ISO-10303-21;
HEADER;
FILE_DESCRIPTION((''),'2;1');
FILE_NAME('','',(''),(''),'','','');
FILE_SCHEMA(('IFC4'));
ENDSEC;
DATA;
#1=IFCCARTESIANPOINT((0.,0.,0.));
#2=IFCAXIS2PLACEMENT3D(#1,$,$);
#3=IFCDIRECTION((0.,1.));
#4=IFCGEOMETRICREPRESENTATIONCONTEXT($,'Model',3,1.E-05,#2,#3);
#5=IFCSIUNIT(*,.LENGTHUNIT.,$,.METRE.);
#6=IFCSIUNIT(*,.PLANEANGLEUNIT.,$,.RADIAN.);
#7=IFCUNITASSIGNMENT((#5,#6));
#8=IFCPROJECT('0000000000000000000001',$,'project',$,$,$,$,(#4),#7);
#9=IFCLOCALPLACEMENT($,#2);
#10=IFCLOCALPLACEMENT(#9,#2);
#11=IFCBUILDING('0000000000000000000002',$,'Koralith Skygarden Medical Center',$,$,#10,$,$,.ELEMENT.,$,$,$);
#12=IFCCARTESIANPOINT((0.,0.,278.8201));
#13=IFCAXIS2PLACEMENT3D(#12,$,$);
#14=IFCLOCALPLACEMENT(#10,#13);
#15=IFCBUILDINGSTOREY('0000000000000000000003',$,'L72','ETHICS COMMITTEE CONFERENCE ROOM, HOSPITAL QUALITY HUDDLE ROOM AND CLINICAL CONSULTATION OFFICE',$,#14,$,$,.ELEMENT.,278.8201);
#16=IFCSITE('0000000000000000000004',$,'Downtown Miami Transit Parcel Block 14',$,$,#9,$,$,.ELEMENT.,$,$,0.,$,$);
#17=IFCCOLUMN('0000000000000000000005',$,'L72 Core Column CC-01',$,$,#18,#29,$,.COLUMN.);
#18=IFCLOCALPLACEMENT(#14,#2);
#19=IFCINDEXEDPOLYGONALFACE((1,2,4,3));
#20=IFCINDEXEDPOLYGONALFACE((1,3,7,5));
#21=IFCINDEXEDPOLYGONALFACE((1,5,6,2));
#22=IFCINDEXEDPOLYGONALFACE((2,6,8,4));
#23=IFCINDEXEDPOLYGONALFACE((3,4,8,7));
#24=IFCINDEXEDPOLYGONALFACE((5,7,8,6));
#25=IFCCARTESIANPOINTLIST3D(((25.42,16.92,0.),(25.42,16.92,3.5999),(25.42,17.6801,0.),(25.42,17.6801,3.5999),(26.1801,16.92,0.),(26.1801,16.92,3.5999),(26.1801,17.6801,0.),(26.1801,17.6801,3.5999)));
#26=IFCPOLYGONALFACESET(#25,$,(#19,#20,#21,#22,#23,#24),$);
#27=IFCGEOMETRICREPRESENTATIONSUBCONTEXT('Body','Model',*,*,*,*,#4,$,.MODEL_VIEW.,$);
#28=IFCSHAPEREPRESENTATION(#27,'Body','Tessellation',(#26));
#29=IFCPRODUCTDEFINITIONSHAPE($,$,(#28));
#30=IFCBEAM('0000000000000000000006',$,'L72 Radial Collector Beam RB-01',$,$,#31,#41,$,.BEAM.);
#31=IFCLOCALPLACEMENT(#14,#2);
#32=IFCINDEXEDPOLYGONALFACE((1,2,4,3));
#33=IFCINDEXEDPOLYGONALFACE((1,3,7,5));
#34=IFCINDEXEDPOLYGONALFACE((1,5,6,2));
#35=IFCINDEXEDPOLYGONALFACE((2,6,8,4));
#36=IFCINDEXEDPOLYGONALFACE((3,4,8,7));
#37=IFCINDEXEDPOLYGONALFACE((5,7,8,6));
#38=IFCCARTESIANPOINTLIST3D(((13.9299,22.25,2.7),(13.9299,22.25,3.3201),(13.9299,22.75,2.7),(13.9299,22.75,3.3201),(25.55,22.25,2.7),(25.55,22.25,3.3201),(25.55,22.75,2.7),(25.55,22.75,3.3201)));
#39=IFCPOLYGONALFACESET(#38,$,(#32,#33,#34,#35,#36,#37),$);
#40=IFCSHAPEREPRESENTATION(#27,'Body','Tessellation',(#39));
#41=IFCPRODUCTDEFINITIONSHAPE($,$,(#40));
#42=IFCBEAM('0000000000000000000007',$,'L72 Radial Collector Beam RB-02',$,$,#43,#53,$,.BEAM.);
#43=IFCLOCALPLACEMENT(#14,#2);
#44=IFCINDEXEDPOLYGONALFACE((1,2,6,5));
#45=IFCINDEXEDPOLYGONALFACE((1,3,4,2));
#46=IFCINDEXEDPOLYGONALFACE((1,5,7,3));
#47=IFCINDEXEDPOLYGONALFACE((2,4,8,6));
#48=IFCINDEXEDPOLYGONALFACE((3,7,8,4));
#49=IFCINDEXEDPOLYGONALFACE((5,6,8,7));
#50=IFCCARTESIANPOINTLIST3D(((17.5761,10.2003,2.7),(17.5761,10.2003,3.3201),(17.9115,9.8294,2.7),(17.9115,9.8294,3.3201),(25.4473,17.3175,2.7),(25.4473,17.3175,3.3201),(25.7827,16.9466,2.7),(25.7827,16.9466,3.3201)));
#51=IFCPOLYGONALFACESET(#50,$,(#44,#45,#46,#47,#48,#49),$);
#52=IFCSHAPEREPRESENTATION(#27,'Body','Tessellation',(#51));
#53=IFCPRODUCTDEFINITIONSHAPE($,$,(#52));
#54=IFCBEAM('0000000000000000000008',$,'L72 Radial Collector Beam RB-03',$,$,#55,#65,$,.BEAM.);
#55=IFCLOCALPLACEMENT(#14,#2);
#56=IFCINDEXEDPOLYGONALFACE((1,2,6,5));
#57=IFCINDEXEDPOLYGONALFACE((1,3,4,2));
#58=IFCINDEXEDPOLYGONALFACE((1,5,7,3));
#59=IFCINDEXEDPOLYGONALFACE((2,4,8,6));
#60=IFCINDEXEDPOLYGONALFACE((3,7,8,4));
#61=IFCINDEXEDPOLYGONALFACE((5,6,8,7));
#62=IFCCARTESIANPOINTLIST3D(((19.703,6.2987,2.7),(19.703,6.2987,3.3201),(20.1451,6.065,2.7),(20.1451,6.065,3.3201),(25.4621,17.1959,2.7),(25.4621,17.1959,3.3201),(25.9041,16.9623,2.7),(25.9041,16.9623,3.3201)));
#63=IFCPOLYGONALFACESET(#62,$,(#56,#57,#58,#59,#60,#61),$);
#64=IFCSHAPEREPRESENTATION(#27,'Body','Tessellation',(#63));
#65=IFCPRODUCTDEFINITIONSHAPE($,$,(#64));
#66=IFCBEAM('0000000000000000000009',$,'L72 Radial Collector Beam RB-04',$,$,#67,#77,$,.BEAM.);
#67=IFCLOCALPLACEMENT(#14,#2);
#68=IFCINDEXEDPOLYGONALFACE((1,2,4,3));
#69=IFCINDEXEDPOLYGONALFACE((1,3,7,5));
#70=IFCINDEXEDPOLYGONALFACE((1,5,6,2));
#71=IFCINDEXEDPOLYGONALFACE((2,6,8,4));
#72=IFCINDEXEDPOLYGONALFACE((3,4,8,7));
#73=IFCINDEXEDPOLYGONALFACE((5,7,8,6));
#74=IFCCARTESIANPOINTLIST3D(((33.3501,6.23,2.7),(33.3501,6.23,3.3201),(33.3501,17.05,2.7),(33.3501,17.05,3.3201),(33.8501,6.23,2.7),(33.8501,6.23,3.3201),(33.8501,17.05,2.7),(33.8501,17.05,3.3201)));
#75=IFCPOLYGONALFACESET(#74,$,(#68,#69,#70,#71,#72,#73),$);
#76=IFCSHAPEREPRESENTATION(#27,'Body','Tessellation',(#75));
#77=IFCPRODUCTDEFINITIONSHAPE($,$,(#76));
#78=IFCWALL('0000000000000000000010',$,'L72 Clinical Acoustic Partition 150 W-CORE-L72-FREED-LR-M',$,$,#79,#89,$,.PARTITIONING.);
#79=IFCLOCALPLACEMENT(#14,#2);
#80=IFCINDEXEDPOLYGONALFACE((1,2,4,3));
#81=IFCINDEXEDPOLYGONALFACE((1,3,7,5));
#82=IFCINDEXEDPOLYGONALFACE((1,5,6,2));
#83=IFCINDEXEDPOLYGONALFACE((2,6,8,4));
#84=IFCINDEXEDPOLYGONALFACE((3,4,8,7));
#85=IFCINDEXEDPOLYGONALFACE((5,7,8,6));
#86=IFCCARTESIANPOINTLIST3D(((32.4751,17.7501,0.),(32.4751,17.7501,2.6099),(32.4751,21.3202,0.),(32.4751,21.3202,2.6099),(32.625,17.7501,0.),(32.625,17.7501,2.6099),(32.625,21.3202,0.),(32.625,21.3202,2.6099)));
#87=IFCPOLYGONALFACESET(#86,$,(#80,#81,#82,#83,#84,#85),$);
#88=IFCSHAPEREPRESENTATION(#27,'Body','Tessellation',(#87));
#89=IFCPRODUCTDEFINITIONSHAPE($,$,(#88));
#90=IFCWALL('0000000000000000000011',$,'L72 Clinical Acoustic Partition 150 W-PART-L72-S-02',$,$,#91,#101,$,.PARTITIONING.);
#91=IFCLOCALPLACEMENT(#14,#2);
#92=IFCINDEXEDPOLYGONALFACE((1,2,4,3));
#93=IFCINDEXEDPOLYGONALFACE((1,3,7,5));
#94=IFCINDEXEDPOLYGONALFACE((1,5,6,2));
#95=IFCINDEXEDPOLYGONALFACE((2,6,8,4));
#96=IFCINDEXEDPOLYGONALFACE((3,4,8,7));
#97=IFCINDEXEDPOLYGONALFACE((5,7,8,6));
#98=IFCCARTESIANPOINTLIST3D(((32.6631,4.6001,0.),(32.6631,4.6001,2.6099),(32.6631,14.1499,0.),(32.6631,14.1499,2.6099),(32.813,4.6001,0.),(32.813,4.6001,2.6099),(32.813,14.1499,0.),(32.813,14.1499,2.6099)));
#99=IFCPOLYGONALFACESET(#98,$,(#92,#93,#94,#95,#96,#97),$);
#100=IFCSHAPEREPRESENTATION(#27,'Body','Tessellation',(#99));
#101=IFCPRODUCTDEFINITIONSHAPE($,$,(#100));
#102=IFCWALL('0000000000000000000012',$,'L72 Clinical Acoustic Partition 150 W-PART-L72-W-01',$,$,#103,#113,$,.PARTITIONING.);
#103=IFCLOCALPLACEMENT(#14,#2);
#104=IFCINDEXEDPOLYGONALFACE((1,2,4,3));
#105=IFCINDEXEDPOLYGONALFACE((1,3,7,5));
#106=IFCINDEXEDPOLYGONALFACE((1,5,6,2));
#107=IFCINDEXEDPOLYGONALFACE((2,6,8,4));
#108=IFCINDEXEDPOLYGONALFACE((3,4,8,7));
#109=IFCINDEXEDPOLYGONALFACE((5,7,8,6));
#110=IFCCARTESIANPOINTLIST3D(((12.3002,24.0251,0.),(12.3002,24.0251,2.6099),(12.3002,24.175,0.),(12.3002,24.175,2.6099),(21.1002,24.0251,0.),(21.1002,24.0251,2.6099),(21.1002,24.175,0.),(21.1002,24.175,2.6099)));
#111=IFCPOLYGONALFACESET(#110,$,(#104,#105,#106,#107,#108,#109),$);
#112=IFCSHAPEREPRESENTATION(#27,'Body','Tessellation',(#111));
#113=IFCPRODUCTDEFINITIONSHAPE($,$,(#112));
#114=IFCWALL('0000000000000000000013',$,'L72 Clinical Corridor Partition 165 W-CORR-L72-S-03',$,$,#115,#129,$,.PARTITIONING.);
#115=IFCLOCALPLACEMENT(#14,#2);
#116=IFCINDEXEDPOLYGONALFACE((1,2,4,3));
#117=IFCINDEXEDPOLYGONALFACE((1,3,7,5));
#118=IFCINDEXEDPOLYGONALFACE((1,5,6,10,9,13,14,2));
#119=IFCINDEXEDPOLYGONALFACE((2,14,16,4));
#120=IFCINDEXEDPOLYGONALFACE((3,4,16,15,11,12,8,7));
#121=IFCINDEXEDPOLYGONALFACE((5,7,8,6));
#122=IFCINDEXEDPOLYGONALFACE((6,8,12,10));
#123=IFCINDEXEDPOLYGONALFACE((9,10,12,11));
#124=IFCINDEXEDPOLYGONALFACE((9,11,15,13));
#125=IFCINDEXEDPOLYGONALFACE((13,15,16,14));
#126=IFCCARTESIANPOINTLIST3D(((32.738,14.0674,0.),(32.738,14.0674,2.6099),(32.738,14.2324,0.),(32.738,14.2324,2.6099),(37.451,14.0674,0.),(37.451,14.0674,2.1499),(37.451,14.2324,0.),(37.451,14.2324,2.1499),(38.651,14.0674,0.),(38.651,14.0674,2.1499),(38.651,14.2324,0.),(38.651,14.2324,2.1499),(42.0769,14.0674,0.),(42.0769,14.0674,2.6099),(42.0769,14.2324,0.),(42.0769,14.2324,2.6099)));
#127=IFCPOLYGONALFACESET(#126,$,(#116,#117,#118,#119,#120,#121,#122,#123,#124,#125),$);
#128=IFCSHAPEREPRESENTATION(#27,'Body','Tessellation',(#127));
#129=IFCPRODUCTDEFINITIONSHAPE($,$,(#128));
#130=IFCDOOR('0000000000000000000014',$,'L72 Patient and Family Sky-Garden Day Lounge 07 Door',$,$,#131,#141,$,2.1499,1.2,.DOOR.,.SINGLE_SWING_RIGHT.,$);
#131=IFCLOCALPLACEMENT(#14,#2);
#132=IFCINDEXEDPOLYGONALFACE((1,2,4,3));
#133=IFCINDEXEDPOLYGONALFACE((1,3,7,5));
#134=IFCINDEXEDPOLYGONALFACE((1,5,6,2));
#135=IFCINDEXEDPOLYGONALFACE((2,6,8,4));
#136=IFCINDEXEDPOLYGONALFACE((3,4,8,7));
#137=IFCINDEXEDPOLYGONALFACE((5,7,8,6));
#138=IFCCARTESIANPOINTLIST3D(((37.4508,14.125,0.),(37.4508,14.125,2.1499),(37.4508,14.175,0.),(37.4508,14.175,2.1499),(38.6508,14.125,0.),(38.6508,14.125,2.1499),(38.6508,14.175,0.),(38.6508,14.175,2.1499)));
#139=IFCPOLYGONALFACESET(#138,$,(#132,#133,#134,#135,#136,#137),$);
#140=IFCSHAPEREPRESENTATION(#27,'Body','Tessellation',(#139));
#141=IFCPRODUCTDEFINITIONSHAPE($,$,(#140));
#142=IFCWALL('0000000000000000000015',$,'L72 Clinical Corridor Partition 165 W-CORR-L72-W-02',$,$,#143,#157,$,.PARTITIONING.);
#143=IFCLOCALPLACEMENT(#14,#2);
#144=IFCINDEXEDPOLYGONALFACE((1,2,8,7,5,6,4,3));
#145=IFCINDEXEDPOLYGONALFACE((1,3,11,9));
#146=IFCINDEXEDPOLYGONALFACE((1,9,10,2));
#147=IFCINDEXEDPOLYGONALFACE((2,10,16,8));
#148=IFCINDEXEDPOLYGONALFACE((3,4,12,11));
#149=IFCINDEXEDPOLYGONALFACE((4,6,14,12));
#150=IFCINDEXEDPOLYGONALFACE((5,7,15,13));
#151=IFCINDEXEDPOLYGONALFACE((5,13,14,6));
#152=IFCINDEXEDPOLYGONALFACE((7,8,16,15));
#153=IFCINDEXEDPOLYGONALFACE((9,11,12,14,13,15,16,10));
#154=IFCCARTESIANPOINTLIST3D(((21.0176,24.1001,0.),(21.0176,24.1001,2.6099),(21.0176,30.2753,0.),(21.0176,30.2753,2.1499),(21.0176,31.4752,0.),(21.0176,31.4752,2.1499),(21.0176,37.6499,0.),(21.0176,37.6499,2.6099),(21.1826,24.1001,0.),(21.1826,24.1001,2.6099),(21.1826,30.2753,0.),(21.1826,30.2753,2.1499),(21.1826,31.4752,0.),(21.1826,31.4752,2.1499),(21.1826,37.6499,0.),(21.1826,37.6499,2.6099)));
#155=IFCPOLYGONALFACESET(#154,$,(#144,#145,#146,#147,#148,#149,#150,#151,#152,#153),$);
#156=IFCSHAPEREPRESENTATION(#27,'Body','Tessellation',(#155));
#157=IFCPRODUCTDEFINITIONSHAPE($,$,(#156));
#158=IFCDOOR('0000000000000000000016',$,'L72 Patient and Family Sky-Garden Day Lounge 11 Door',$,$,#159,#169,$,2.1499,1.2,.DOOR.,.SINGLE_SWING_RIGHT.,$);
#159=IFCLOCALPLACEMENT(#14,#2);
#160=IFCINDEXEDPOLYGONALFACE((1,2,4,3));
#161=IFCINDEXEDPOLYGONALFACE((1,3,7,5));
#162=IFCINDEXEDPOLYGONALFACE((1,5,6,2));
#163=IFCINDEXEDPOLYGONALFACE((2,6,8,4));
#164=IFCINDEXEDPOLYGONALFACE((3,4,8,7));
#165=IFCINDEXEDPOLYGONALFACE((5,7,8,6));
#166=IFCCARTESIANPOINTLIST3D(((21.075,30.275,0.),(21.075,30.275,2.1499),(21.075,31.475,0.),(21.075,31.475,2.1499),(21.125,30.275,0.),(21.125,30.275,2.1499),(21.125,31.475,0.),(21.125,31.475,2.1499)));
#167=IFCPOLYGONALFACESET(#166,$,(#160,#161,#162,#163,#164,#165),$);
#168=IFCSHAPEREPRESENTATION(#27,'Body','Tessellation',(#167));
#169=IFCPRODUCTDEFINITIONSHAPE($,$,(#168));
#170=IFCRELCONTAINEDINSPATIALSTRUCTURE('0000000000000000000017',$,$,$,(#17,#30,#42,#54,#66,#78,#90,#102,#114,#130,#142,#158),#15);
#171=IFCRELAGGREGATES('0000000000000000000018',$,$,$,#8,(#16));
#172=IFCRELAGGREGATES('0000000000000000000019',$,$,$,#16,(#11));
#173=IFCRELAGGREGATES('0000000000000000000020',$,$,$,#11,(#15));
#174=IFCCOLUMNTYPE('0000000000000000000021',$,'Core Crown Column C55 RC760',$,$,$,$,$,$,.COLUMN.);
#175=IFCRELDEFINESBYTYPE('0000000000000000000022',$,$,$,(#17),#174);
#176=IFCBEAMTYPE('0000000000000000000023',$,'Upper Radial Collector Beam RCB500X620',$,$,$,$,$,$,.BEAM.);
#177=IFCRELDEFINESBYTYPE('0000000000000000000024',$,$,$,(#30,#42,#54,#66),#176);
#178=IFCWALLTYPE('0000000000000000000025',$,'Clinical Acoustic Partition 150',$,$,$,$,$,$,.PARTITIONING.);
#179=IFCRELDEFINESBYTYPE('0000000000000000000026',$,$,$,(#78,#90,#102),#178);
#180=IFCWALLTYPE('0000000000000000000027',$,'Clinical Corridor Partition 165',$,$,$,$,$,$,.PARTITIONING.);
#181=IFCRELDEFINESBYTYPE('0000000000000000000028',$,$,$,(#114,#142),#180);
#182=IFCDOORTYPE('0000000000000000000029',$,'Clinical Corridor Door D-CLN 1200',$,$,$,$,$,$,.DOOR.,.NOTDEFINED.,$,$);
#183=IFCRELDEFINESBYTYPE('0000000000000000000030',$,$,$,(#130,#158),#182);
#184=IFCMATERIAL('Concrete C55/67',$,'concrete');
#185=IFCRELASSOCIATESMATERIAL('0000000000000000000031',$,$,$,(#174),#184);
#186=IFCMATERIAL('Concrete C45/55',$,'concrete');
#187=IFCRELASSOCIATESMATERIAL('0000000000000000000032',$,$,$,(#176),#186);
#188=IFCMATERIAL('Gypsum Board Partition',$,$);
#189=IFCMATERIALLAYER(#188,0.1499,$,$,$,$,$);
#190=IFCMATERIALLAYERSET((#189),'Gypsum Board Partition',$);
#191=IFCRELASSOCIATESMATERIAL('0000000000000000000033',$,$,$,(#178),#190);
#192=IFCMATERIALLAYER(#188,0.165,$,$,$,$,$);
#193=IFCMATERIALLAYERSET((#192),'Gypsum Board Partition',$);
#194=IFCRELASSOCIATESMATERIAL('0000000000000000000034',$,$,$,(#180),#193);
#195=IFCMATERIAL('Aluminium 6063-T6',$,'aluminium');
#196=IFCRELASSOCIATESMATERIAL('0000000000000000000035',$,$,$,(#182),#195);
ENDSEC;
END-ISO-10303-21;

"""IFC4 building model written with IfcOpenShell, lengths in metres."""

from ifc_helpers import new_model, si_unit, direction, frame, frame_2d, origin, origin_2d, place, context, subcontext, project, spatial, rectangle, extrude, material, layer, layer_set, material_profile, profile_set, type_object, element, fill, save


model = new_model("IFC4")

# Units and contexts
model_context = context("Model", 3, precision=1e-05, world=origin(), true_north=direction((0.0, 1.0)))
body_context = subcontext(model_context, "Body", "Model", "MODEL_VIEW")
ifc_project = project(units=[si_unit("LENGTHUNIT", "METRE"), si_unit("PLANEANGLEUNIT", "RADIAN")], contexts=[model_context])

# Site, building, storey
site_placement = place(None, origin())
site = spatial("IfcSite", under=ifc_project, at=site_placement, Name="Downtown Miami Transit Parcel Block 14", CompositionType="ELEMENT", RefElevation=0.0)
building_placement = place(site_placement, origin())
building = spatial("IfcBuilding", under=site, at=building_placement, Name="Koralith Skygarden Medical Center", CompositionType="ELEMENT")
storey_placement = place(building_placement, frame((0.0, 0.0, 278.8201)))
storey = spatial("IfcBuildingStorey", under=building, at=storey_placement, Name="L72", Description="ETHICS COMMITTEE CONFERENCE ROOM, HOSPITAL QUALITY HUDDLE ROOM AND CLINICAL CONSULTATION OFFICE", CompositionType="ELEMENT", Elevation=278.8201)

# Column
ifc_material_1 = material(Name="Concrete C55/67", Category="concrete")
ifc_material_profile_1 = material_profile(ifc_material_1, rectangle(XDim=0.76, YDim=0.76, at=origin_2d()), Name="RC760X760")
ifc_profile_set_1 = profile_set([ifc_material_profile_1], Name="Concrete C55/67")
column_type = type_object("IfcColumnType", Name="Core Crown Column C55 RC760", PredefinedType="COLUMN", material=ifc_profile_set_1)
column_placement = place(storey_placement, frame((25.8, 17.3, 0.0), z_axis=(0.0, 0.0, 1.0), x_axis=(1.0, 0.0, 0.0)))
element("IfcColumn", 1, at=column_placement, inside=storey, type_object=column_type, Name="L72 Core Column CC-01", PredefinedType="COLUMN", context=body_context, shape_type="SweptSolid", body=[
    extrude(rectangle(XDim=0.76, YDim=0.76, at=origin_2d()), origin(), (0.0, 0.0, 1.0), 3.5999),
])

# Beams
ifc_material_2 = material(Name="Concrete C45/55", Category="concrete")
ifc_material_profile_2 = material_profile(ifc_material_2, rectangle(XDim=0.5, YDim=0.6201, at=origin_2d()), Name="RCB500X620")
ifc_profile_set_2 = profile_set([ifc_material_profile_2], Name="Concrete C45/55")
beam_type = type_object("IfcBeamType", Name="Upper Radial Collector Beam RCB500X620", PredefinedType="BEAM", material=ifc_profile_set_2)
beam_1_placement = place(storey_placement, frame((25.55, 22.5, 3.01), z_axis=(-1.0, 0.0, 0.0), x_axis=(0.0, -1.0, 0.0)))
element("IfcBeam", 2, at=beam_1_placement, inside=storey, type_object=beam_type, Name="L72 Radial Collector Beam RB-01", PredefinedType="BEAM", context=body_context, shape_type="SweptSolid", body=[
    extrude(rectangle(XDim=0.5, YDim=0.6201, at=origin_2d()), origin(), (0.0, 0.0, 1.0), 11.6201),
])
beam_2_placement = place(storey_placement, frame((25.615, 17.1321, 3.01), z_axis=(-0.741736, -0.670692, 0.0), x_axis=(0.670692, -0.741736, 0.0)))
element("IfcBeam", 3, at=beam_2_placement, inside=storey, type_object=beam_type, Name="L72 Radial Collector Beam RB-02", PredefinedType="BEAM", context=body_context, shape_type="SweptSolid", body=[
    extrude(rectangle(XDim=0.5, YDim=0.6201, at=origin_2d()), origin(), (0.0, 0.0, 1.0), 10.6118),
])
beam_3_placement = place(storey_placement, frame((25.6831, 17.0791, 3.01), z_axis=(-0.467249, -0.884126, 0.0), x_axis=(0.884126, -0.467249, 0.0)))
element("IfcBeam", 4, at=beam_3_placement, inside=storey, type_object=beam_type, Name="L72 Radial Collector Beam RB-03", PredefinedType="BEAM", context=body_context, shape_type="SweptSolid", body=[
    extrude(rectangle(XDim=0.5, YDim=0.6201, at=origin_2d()), origin(), (0.0, 0.0, 1.0), 12.3254),
])
beam_4_placement = place(storey_placement, frame((33.6001, 17.05, 3.01), z_axis=(0.0, -1.0, 0.0), x_axis=(1.0, 0.0, 0.0)))
element("IfcBeam", 5, at=beam_4_placement, inside=storey, type_object=beam_type, Name="L72 Radial Collector Beam RB-04", PredefinedType="BEAM", context=body_context, shape_type="SweptSolid", body=[
    extrude(rectangle(XDim=0.5, YDim=0.6201, at=origin_2d()), origin(), (0.0, 0.0, 1.0), 10.8201),
])

# Shared definitions
ifc_material_3 = material(Name="Gypsum Board Partition")
ifc_layer_1 = layer(ifc_material_3, 0.1499)
ifc_layer_set_1 = layer_set([ifc_layer_1], Name="Gypsum Board Partition")
wall_type_1 = type_object("IfcWallType", Name="Clinical Acoustic Partition 150", PredefinedType="PARTITIONING", material=ifc_layer_set_1)
ifc_material_4 = material(Name="Aluminium 6063-T6", Category="aluminium")

# Walls
wall_1_placement = place(storey_placement, frame((32.55, 17.75, 0.0), z_axis=(0.0, 0.0, 1.0), x_axis=(0.0, 1.0, 0.0)))
element("IfcWall", 6, at=wall_1_placement, inside=storey, type_object=wall_type_1, Name="L72 Clinical Acoustic Partition 150 W-CORE-L72-FREED-LR-M", PredefinedType="PARTITIONING", context=body_context, shape_type="SweptSolid", body=[
    extrude(rectangle(XDim=3.5701, YDim=0.1499, at=frame_2d((1.7852, 0.0))), origin(), (0.0, 0.0, 1.0), 2.6099),
])
wall_2_placement = place(storey_placement, frame((32.738, 14.1499, 0.0), z_axis=(0.0, 0.0, 1.0), x_axis=(0.0, -1.0, 0.0)))
element("IfcWall", 7, at=wall_2_placement, inside=storey, type_object=wall_type_1, Name="L72 Clinical Acoustic Partition 150 W-PART-L72-S-02", PredefinedType="PARTITIONING", context=body_context, shape_type="SweptSolid", body=[
    extrude(rectangle(XDim=9.5498, YDim=0.1499, at=frame_2d((4.7749, 0.0))), origin(), (0.0, 0.0, 1.0), 2.6099),
])
wall_3_placement = place(storey_placement, frame((21.1001, 24.1001, 0.0), z_axis=(0.0, 0.0, 1.0), x_axis=(-1.0, 0.0, 0.0)))
element("IfcWall", 8, at=wall_3_placement, inside=storey, type_object=wall_type_1, Name="L72 Clinical Acoustic Partition 150 W-PART-L72-W-01", PredefinedType="PARTITIONING", context=body_context, shape_type="SweptSolid", body=[
    extrude(rectangle(XDim=8.8, YDim=0.1499, at=frame_2d((4.3999, 0.0))), origin(), (0.0, 0.0, 1.0), 2.6099),
])

# Walls, openings, doors
ifc_layer_2 = layer(ifc_material_3, 0.165)
ifc_layer_set_2 = layer_set([ifc_layer_2], Name="Gypsum Board Partition")
wall_type_2 = type_object("IfcWallType", Name="Clinical Corridor Partition 165", PredefinedType="PARTITIONING", material=ifc_layer_set_2)
wall_4_placement = place(storey_placement, frame((32.738, 14.1499, 0.0), z_axis=(0.0, 0.0, 1.0), x_axis=(1.0, 0.0, 0.0)))
wall_4 = element("IfcWall", 9, at=wall_4_placement, inside=storey, type_object=wall_type_2, Name="L72 Clinical Corridor Partition 165 W-CORR-L72-S-03", PredefinedType="PARTITIONING", context=body_context, shape_type="SweptSolid", body=[
    extrude(rectangle(XDim=9.3389, YDim=0.165, at=frame_2d((4.6694, 0.0))), origin(), (0.0, 0.0, 1.0), 2.6099),
])
opening_1_placement = place(wall_4_placement, frame((4.7129, 0.0, 0.0)))
opening_1 = element("IfcOpeningElement", 10, at=opening_1_placement, cuts=wall_4, PredefinedType="OPENING", context=body_context, shape_type="SweptSolid", body=[
    extrude(rectangle(XDim=1.2, YDim=2.1499, at=frame_2d((0.6001, 1.075))), frame((0.0, 0.0925, 0.0), z_axis=(0.0, -1.0, 0.0), x_axis=(1.0, 0.0, 0.0)), (0.0, 0.0, 1.0), 0.1851),
])
door_type_1 = type_object("IfcDoorType", Name="Clinical Corridor Door D-CLN 1200", OperationType="NOTDEFINED", PredefinedType="DOOR", material=ifc_material_4)
door_1_placement = place(opening_1_placement, frame((1.2, 0.0, 0.0), z_axis=(0.0, 0.0, 1.0), x_axis=(-1.0, 0.0, 0.0)))
door_1 = element("IfcDoor", 11, at=door_1_placement, inside=storey, type_object=door_type_1, Name="L72 Patient and Family Sky-Garden Day Lounge 07 Door", OperationType="SINGLE_SWING_RIGHT", OverallHeight=2.1499, OverallWidth=1.2, PredefinedType="DOOR", context=body_context, shape_type="SweptSolid", body=[
    extrude(rectangle(XDim=1.2, YDim=2.1499, at=frame_2d((0.6001, 1.075))), frame((0.0, 0.0249, 0.0), z_axis=(0.0, -1.0, 0.0), x_axis=(1.0, 0.0, 0.0)), (0.0, 0.0, 1.0), 0.05),
])
fill(opening_1, door_1)
wall_5_placement = place(storey_placement, frame((21.1001, 24.1001, 0.0), z_axis=(0.0, 0.0, 1.0), x_axis=(0.0, 1.0, 0.0)))
wall_5 = element("IfcWall", 12, at=wall_5_placement, inside=storey, type_object=wall_type_2, Name="L72 Clinical Corridor Partition 165 W-CORR-L72-W-02", PredefinedType="PARTITIONING", context=body_context, shape_type="SweptSolid", body=[
    extrude(rectangle(XDim=13.5498, YDim=0.165, at=frame_2d((6.7749, 0.0))), origin(), (0.0, 0.0, 1.0), 2.6099),
])
opening_2_placement = place(wall_5_placement, frame((6.175, 0.0, 0.0)))
opening_2 = element("IfcOpeningElement", 13, at=opening_2_placement, cuts=wall_5, PredefinedType="OPENING", context=body_context, shape_type="SweptSolid", body=[
    extrude(rectangle(XDim=1.2, YDim=2.1499, at=frame_2d((0.6001, 1.075))), frame((0.0, 0.0925, 0.0), z_axis=(0.0, -1.0, 0.0), x_axis=(1.0, 0.0, 0.0)), (0.0, 0.0, 1.0), 0.1851),
])
door_2_placement = place(opening_2_placement, frame((1.2, 0.0, 0.0), z_axis=(0.0, 0.0, 1.0), x_axis=(-1.0, 0.0, 0.0)))
door_2 = element("IfcDoor", 14, at=door_2_placement, inside=storey, type_object=door_type_1, Name="L72 Patient and Family Sky-Garden Day Lounge 11 Door", OperationType="SINGLE_SWING_RIGHT", OverallHeight=2.1499, OverallWidth=1.2, PredefinedType="DOOR", context=body_context, shape_type="SweptSolid", body=[
    extrude(rectangle(XDim=1.2, YDim=2.1499, at=frame_2d((0.6001, 1.075))), frame((0.0, 0.0249, 0.0), z_axis=(0.0, -1.0, 0.0), x_axis=(1.0, 0.0, 0.0)), (0.0, 0.0, 1.0), 0.05),
])
fill(opening_2, door_2)

save(model, "model.ifc")
